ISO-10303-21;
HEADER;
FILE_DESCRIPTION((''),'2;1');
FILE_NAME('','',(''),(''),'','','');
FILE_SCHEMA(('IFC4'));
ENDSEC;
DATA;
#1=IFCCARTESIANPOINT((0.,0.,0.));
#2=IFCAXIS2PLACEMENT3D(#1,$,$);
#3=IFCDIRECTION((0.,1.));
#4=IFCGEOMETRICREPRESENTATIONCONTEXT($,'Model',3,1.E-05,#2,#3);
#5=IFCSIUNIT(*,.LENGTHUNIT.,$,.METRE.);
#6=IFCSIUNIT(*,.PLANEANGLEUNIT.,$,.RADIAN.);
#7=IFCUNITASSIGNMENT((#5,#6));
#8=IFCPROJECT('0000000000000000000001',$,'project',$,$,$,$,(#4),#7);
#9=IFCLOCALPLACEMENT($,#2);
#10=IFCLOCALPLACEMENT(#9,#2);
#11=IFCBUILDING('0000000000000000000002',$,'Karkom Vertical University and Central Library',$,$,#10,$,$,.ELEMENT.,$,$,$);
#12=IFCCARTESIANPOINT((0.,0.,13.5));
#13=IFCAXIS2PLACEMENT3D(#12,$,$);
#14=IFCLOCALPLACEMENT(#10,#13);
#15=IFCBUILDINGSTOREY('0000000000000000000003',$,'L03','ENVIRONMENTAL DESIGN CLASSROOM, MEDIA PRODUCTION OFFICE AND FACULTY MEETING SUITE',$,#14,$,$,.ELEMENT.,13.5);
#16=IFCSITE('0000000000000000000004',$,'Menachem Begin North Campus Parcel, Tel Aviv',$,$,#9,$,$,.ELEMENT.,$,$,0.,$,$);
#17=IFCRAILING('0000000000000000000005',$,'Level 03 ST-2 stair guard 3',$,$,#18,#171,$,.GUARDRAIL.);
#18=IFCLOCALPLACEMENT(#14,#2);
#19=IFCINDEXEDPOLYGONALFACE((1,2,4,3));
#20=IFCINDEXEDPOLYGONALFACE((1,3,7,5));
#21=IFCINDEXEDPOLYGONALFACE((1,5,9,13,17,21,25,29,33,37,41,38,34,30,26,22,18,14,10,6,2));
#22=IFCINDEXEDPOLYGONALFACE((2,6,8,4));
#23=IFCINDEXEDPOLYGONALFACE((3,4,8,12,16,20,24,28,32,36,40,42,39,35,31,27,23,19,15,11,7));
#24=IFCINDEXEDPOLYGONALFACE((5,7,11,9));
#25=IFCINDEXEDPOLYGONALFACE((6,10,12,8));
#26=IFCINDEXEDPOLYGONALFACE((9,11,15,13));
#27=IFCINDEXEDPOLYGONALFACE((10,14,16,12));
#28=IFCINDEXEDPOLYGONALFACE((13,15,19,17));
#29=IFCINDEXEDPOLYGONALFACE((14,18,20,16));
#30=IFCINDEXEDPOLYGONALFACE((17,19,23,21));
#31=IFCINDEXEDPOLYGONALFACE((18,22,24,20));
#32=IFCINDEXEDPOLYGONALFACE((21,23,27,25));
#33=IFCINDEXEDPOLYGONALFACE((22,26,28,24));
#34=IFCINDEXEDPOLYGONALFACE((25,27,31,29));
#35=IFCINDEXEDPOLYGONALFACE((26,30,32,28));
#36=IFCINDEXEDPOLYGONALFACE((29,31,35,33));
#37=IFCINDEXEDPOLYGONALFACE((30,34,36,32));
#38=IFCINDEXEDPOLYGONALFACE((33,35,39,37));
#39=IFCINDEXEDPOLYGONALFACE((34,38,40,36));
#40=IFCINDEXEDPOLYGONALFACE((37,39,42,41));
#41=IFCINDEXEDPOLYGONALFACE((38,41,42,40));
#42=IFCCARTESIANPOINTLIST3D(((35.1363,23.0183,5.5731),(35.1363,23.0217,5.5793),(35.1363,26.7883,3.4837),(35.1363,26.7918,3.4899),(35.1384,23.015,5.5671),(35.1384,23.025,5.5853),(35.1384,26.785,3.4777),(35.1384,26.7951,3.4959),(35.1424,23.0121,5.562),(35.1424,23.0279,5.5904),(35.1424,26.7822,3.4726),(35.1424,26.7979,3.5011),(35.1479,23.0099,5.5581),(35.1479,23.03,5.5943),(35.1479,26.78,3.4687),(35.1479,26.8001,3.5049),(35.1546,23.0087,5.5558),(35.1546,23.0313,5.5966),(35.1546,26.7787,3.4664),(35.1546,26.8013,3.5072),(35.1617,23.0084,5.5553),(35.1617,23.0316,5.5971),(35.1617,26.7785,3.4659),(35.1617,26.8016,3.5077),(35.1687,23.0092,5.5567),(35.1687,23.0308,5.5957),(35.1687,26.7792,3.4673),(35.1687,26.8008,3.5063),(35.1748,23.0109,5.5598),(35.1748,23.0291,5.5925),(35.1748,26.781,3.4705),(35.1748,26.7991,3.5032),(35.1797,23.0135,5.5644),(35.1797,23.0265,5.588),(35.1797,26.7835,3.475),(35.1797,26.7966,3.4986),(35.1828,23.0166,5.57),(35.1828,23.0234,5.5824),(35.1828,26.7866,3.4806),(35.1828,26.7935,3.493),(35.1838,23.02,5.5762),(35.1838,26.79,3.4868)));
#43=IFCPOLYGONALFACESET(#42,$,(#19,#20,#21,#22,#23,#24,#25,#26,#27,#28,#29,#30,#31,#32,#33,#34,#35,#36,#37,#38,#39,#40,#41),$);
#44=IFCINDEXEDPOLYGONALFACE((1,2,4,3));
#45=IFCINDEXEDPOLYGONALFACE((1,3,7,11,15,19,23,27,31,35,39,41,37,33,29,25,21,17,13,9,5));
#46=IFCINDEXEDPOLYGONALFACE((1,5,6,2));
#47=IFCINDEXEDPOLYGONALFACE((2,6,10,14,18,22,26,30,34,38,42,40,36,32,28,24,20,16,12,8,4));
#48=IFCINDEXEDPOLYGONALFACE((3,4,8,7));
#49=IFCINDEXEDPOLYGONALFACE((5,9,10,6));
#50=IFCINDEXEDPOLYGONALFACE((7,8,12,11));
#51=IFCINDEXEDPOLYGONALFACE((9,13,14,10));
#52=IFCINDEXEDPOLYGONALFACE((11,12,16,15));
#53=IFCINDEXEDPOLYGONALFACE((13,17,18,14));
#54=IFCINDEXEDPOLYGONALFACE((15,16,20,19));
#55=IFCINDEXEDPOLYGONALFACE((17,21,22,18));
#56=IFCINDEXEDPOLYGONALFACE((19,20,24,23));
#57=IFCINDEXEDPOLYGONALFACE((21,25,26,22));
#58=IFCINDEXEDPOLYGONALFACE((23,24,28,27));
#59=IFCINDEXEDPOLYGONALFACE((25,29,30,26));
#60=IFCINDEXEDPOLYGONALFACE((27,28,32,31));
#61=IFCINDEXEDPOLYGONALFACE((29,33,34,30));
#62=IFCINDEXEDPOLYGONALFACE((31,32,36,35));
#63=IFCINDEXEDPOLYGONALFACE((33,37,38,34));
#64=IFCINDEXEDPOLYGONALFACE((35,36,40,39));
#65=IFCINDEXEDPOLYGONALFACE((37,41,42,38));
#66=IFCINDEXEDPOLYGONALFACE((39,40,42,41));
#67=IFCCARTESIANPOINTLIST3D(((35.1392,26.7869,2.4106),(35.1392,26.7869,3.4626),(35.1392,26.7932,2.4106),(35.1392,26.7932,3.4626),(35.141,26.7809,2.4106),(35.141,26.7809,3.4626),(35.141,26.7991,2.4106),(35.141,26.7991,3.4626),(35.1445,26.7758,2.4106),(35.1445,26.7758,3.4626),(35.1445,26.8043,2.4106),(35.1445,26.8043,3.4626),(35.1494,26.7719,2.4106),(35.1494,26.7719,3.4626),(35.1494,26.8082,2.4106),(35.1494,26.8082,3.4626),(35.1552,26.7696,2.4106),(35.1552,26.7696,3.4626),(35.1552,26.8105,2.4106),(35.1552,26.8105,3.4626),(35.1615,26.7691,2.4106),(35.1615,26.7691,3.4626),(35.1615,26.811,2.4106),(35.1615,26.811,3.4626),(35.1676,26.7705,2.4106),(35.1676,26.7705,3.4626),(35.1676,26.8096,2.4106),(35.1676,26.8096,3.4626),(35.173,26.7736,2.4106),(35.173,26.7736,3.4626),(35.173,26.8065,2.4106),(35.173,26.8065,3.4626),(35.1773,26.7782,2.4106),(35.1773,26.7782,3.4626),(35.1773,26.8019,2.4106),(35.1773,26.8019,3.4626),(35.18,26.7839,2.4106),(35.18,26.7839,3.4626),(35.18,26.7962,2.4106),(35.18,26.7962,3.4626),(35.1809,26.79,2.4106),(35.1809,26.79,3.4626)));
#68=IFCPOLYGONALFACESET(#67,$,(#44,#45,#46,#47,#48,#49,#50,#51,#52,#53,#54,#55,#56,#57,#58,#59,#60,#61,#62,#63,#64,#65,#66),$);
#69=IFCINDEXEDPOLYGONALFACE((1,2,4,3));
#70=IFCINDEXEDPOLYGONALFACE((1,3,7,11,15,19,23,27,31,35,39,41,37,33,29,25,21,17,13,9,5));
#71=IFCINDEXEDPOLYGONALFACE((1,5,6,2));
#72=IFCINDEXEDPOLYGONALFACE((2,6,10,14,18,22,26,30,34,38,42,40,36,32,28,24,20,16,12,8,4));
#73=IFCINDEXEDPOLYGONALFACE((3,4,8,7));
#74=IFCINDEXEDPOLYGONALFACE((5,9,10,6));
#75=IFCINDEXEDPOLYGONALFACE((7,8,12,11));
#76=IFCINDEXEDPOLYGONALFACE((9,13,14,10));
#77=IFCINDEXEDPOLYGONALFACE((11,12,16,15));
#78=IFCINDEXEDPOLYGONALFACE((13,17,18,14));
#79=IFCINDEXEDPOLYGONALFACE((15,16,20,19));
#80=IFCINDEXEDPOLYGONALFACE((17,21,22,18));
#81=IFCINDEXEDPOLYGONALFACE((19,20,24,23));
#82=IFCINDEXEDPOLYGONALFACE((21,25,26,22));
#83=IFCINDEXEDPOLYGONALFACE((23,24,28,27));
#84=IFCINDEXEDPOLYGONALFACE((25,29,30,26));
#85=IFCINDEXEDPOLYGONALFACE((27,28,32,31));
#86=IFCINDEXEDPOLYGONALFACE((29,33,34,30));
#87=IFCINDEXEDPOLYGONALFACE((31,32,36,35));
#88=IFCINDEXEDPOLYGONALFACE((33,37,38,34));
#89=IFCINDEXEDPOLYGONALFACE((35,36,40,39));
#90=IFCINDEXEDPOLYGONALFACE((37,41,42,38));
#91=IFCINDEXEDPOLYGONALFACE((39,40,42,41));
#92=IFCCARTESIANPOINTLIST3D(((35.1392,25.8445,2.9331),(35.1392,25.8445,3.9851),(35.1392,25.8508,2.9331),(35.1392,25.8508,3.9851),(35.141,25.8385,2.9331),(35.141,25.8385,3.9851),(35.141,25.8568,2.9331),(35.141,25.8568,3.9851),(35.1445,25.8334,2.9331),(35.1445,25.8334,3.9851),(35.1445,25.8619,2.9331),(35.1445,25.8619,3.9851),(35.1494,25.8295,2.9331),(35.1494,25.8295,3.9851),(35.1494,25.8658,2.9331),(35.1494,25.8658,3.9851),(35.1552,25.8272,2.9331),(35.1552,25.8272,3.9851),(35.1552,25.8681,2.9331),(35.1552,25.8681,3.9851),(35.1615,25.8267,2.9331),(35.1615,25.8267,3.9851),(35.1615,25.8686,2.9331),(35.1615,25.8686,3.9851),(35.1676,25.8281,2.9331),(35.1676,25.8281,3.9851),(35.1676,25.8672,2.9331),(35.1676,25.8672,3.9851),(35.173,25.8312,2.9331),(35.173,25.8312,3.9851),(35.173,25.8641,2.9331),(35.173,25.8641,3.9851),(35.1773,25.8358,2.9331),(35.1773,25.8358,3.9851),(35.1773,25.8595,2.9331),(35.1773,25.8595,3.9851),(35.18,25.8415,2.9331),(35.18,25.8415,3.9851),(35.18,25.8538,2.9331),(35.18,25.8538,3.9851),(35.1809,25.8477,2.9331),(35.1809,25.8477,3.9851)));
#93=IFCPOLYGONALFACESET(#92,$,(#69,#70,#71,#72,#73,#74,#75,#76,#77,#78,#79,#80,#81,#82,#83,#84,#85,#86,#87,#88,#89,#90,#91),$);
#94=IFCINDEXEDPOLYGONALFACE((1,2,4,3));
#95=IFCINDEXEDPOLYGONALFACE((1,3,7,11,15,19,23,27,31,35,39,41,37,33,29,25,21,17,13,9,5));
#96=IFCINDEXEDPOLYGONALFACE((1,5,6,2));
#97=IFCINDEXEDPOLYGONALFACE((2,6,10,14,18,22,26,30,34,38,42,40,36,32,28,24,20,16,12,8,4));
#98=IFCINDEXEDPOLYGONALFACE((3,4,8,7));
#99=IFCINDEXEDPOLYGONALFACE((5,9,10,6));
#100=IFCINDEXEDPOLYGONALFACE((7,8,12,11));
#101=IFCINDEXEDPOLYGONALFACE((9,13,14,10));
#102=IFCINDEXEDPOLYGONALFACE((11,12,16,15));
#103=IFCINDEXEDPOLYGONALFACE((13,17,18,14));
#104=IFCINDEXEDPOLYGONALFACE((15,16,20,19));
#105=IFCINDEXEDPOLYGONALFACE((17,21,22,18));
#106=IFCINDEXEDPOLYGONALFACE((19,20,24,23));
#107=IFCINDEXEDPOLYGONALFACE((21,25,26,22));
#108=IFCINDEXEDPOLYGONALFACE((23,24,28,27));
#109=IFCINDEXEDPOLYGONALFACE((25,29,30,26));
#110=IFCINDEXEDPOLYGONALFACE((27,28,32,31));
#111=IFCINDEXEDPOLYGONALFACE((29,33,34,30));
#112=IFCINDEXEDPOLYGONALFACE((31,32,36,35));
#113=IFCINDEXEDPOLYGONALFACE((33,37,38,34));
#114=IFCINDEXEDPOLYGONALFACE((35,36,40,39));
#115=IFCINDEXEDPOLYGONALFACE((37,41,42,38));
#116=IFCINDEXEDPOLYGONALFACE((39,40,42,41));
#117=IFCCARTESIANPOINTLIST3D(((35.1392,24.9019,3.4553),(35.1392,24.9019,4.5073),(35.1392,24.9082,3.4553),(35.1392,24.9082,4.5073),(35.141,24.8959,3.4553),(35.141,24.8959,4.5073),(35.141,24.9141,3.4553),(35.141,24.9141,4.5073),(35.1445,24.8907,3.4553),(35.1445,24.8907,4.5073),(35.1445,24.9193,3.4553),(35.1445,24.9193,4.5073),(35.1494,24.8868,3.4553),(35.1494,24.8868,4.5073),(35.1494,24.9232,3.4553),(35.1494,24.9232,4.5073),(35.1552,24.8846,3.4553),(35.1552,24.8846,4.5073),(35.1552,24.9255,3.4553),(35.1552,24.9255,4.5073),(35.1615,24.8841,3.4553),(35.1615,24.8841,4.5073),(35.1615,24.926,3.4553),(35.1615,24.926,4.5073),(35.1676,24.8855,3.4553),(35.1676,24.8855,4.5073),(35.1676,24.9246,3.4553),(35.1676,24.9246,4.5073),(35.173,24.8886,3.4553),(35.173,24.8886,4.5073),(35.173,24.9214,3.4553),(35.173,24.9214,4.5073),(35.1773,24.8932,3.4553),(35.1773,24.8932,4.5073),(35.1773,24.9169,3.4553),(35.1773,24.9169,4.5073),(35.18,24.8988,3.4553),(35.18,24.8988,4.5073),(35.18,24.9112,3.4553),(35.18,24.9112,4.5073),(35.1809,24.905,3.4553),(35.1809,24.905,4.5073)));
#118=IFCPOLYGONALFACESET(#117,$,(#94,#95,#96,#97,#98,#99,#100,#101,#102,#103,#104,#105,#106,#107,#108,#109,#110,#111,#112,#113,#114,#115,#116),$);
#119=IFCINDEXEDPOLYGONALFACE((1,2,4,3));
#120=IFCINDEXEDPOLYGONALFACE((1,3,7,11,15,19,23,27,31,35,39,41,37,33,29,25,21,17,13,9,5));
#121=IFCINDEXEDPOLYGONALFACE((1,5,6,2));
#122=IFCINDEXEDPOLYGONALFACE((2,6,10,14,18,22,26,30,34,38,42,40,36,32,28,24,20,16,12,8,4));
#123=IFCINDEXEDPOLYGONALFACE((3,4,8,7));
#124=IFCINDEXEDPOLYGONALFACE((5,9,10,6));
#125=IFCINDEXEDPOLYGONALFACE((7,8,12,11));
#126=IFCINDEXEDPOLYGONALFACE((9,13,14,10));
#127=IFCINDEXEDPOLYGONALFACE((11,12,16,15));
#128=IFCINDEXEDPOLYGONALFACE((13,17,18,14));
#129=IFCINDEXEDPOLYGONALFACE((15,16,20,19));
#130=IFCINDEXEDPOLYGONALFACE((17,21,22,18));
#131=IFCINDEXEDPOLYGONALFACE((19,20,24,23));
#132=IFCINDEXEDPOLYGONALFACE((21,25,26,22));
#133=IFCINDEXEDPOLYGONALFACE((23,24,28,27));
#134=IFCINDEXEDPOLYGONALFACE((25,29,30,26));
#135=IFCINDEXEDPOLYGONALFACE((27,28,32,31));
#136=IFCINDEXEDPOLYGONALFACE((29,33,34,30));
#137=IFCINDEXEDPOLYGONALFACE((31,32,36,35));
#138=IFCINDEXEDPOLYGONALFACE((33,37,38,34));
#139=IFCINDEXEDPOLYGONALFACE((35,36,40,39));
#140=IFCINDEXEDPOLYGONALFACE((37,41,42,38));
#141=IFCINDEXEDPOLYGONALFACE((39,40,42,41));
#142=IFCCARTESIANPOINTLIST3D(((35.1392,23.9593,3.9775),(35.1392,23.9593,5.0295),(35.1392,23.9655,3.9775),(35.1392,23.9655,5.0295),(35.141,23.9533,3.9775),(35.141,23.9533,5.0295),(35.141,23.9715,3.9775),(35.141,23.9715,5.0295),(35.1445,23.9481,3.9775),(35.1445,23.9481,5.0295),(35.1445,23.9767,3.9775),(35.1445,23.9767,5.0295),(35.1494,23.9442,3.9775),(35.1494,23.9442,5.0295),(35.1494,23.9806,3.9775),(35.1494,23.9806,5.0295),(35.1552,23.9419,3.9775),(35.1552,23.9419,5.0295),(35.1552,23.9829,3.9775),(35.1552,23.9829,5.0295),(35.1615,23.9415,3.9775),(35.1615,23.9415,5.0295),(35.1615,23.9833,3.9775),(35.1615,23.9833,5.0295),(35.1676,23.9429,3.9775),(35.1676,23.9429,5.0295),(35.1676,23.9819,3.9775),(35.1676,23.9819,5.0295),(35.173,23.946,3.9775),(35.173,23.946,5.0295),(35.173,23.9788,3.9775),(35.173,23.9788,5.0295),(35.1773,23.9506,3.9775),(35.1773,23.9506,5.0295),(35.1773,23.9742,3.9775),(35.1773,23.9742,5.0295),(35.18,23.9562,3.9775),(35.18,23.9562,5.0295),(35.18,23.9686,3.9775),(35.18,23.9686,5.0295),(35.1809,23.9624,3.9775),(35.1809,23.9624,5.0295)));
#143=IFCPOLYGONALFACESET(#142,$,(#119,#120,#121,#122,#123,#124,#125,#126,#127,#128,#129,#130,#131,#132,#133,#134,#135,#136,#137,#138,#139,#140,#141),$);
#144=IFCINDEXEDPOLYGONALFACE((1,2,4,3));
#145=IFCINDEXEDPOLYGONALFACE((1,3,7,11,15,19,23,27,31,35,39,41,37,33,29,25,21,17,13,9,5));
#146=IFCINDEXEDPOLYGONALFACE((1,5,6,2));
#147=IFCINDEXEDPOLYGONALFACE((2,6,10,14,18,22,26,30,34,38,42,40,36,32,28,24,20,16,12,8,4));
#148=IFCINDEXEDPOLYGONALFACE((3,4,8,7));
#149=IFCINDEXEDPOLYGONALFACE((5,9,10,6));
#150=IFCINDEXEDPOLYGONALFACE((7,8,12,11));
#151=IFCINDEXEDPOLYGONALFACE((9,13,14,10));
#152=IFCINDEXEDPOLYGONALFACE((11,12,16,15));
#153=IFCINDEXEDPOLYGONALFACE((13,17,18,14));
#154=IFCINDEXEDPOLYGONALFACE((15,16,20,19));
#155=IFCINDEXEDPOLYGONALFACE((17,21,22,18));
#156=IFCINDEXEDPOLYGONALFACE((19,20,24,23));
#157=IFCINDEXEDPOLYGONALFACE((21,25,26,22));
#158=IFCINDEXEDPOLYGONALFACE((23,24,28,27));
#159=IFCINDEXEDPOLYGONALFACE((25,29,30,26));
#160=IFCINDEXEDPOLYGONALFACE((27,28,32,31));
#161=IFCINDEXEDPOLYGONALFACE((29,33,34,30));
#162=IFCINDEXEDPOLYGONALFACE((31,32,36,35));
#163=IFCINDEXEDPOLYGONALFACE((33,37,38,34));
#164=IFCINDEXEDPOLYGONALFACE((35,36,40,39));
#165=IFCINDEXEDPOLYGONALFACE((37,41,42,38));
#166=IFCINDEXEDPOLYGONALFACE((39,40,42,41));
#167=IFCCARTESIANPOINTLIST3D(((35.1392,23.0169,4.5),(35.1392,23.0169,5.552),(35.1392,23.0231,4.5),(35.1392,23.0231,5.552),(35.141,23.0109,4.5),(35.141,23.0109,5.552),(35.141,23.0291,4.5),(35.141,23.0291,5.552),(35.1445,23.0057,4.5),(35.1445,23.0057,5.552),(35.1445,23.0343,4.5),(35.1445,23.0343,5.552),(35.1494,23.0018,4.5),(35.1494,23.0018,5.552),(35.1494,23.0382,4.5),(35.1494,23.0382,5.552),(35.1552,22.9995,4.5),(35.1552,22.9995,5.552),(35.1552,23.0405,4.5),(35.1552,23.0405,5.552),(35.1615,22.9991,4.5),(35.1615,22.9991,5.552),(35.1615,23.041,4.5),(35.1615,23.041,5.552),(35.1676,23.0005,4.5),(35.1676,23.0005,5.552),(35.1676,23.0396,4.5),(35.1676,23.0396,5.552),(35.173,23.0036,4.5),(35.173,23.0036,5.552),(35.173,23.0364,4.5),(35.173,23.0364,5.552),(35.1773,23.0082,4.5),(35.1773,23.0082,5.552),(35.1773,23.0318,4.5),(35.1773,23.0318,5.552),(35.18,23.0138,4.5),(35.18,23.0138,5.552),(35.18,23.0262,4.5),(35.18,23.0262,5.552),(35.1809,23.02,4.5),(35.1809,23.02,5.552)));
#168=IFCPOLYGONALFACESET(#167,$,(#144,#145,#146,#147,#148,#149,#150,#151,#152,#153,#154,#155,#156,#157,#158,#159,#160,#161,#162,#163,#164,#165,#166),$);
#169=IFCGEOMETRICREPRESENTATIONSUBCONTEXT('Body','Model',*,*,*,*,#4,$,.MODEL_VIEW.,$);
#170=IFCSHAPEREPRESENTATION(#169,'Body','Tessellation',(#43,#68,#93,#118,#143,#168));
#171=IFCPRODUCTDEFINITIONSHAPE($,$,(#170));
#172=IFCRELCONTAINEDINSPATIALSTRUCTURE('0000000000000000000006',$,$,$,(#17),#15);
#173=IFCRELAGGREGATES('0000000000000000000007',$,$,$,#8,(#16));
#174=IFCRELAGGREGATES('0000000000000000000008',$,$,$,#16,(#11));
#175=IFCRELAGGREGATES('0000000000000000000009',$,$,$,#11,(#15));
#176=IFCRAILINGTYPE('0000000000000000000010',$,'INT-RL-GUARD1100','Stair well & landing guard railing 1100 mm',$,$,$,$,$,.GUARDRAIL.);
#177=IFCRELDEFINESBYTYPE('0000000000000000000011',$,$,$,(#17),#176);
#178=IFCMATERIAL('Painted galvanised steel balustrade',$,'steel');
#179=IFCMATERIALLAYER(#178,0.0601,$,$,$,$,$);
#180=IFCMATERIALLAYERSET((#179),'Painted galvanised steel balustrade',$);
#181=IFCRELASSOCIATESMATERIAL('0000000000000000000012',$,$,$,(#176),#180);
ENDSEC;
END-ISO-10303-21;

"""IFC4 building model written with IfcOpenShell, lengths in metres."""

from ifc_helpers import new_model, si_unit, direction, frame, origin, origin_2d, place, context, subcontext, project, spatial, circle, extrude, material, layer, layer_set, type_object, element, save


model = new_model("IFC4")

# Units and contexts
model_context = context("Model", 3, precision=1e-05, world=origin(), true_north=direction((0.0, 1.0)))
body_context = subcontext(model_context, "Body", "Model", "MODEL_VIEW")
ifc_project = project(units=[si_unit("LENGTHUNIT", "METRE"), si_unit("PLANEANGLEUNIT", "RADIAN")], contexts=[model_context])

# Site, building, storey
site_placement = place(None, origin())
site = spatial("IfcSite", under=ifc_project, at=site_placement, Name="Menachem Begin North Campus Parcel, Tel Aviv", CompositionType="ELEMENT", RefElevation=0.0)
building_placement = place(site_placement, origin())
building = spatial("IfcBuilding", under=site, at=building_placement, Name="Karkom Vertical University and Central Library", CompositionType="ELEMENT")
storey_placement = place(building_placement, frame((0.0, 0.0, 13.5)))
storey = spatial("IfcBuildingStorey", under=building, at=storey_placement, Name="L03", Description="ENVIRONMENTAL DESIGN CLASSROOM, MEDIA PRODUCTION OFFICE AND FACULTY MEETING SUITE", CompositionType="ELEMENT", Elevation=13.5)

# Railing
ifc_material_1 = material(Name="Painted galvanised steel balustrade", Category="steel")
ifc_layer_1 = layer(ifc_material_1, 0.0601)
ifc_layer_set_1 = layer_set([ifc_layer_1], Name="Painted galvanised steel balustrade")
railing_type_1 = type_object("IfcRailingType", Name="INT-RL-GUARD1100", Description="Stair well & landing guard railing 1100 mm", PredefinedType="GUARDRAIL", material=ifc_layer_set_1)
railing_1_placement = place(storey_placement, frame((35.1599, 26.79, 2.4106)))
element("IfcRailing", 1, at=railing_1_placement, inside=storey, type_object=railing_type_1, Name="Level 03 ST-2 stair guard 3", PredefinedType="GUARDRAIL", context=body_context, shape_type="SweptSolid", body=[
    extrude(circle(Radius=0.0239, at=origin_2d()), frame((0.0, 0.0, 1.0762), z_axis=(0.0, -0.874659, 0.484739), x_axis=(1.0, 0.0, 0.0)), (0.0, 0.0, 1.0), 4.3103),
    extrude(circle(Radius=0.021, at=origin_2d()), origin(), (0.0, 0.0, 1.0), 1.052),
    extrude(circle(Radius=0.021, at=origin_2d()), frame((0.0, -0.9424, 0.5225)), (0.0, 0.0, 1.0), 1.052),
    extrude(circle(Radius=0.021, at=origin_2d()), frame((0.0, -1.885, 1.0447)), (0.0, 0.0, 1.0), 1.052),
    extrude(circle(Radius=0.021, at=origin_2d()), frame((0.0, -2.8276, 1.5669)), (0.0, 0.0, 1.0), 1.052),
    extrude(circle(Radius=0.021, at=origin_2d()), frame((0.0, -3.77, 2.0894)), (0.0, 0.0, 1.0), 1.052),
])

save(model, "model.ifc")
